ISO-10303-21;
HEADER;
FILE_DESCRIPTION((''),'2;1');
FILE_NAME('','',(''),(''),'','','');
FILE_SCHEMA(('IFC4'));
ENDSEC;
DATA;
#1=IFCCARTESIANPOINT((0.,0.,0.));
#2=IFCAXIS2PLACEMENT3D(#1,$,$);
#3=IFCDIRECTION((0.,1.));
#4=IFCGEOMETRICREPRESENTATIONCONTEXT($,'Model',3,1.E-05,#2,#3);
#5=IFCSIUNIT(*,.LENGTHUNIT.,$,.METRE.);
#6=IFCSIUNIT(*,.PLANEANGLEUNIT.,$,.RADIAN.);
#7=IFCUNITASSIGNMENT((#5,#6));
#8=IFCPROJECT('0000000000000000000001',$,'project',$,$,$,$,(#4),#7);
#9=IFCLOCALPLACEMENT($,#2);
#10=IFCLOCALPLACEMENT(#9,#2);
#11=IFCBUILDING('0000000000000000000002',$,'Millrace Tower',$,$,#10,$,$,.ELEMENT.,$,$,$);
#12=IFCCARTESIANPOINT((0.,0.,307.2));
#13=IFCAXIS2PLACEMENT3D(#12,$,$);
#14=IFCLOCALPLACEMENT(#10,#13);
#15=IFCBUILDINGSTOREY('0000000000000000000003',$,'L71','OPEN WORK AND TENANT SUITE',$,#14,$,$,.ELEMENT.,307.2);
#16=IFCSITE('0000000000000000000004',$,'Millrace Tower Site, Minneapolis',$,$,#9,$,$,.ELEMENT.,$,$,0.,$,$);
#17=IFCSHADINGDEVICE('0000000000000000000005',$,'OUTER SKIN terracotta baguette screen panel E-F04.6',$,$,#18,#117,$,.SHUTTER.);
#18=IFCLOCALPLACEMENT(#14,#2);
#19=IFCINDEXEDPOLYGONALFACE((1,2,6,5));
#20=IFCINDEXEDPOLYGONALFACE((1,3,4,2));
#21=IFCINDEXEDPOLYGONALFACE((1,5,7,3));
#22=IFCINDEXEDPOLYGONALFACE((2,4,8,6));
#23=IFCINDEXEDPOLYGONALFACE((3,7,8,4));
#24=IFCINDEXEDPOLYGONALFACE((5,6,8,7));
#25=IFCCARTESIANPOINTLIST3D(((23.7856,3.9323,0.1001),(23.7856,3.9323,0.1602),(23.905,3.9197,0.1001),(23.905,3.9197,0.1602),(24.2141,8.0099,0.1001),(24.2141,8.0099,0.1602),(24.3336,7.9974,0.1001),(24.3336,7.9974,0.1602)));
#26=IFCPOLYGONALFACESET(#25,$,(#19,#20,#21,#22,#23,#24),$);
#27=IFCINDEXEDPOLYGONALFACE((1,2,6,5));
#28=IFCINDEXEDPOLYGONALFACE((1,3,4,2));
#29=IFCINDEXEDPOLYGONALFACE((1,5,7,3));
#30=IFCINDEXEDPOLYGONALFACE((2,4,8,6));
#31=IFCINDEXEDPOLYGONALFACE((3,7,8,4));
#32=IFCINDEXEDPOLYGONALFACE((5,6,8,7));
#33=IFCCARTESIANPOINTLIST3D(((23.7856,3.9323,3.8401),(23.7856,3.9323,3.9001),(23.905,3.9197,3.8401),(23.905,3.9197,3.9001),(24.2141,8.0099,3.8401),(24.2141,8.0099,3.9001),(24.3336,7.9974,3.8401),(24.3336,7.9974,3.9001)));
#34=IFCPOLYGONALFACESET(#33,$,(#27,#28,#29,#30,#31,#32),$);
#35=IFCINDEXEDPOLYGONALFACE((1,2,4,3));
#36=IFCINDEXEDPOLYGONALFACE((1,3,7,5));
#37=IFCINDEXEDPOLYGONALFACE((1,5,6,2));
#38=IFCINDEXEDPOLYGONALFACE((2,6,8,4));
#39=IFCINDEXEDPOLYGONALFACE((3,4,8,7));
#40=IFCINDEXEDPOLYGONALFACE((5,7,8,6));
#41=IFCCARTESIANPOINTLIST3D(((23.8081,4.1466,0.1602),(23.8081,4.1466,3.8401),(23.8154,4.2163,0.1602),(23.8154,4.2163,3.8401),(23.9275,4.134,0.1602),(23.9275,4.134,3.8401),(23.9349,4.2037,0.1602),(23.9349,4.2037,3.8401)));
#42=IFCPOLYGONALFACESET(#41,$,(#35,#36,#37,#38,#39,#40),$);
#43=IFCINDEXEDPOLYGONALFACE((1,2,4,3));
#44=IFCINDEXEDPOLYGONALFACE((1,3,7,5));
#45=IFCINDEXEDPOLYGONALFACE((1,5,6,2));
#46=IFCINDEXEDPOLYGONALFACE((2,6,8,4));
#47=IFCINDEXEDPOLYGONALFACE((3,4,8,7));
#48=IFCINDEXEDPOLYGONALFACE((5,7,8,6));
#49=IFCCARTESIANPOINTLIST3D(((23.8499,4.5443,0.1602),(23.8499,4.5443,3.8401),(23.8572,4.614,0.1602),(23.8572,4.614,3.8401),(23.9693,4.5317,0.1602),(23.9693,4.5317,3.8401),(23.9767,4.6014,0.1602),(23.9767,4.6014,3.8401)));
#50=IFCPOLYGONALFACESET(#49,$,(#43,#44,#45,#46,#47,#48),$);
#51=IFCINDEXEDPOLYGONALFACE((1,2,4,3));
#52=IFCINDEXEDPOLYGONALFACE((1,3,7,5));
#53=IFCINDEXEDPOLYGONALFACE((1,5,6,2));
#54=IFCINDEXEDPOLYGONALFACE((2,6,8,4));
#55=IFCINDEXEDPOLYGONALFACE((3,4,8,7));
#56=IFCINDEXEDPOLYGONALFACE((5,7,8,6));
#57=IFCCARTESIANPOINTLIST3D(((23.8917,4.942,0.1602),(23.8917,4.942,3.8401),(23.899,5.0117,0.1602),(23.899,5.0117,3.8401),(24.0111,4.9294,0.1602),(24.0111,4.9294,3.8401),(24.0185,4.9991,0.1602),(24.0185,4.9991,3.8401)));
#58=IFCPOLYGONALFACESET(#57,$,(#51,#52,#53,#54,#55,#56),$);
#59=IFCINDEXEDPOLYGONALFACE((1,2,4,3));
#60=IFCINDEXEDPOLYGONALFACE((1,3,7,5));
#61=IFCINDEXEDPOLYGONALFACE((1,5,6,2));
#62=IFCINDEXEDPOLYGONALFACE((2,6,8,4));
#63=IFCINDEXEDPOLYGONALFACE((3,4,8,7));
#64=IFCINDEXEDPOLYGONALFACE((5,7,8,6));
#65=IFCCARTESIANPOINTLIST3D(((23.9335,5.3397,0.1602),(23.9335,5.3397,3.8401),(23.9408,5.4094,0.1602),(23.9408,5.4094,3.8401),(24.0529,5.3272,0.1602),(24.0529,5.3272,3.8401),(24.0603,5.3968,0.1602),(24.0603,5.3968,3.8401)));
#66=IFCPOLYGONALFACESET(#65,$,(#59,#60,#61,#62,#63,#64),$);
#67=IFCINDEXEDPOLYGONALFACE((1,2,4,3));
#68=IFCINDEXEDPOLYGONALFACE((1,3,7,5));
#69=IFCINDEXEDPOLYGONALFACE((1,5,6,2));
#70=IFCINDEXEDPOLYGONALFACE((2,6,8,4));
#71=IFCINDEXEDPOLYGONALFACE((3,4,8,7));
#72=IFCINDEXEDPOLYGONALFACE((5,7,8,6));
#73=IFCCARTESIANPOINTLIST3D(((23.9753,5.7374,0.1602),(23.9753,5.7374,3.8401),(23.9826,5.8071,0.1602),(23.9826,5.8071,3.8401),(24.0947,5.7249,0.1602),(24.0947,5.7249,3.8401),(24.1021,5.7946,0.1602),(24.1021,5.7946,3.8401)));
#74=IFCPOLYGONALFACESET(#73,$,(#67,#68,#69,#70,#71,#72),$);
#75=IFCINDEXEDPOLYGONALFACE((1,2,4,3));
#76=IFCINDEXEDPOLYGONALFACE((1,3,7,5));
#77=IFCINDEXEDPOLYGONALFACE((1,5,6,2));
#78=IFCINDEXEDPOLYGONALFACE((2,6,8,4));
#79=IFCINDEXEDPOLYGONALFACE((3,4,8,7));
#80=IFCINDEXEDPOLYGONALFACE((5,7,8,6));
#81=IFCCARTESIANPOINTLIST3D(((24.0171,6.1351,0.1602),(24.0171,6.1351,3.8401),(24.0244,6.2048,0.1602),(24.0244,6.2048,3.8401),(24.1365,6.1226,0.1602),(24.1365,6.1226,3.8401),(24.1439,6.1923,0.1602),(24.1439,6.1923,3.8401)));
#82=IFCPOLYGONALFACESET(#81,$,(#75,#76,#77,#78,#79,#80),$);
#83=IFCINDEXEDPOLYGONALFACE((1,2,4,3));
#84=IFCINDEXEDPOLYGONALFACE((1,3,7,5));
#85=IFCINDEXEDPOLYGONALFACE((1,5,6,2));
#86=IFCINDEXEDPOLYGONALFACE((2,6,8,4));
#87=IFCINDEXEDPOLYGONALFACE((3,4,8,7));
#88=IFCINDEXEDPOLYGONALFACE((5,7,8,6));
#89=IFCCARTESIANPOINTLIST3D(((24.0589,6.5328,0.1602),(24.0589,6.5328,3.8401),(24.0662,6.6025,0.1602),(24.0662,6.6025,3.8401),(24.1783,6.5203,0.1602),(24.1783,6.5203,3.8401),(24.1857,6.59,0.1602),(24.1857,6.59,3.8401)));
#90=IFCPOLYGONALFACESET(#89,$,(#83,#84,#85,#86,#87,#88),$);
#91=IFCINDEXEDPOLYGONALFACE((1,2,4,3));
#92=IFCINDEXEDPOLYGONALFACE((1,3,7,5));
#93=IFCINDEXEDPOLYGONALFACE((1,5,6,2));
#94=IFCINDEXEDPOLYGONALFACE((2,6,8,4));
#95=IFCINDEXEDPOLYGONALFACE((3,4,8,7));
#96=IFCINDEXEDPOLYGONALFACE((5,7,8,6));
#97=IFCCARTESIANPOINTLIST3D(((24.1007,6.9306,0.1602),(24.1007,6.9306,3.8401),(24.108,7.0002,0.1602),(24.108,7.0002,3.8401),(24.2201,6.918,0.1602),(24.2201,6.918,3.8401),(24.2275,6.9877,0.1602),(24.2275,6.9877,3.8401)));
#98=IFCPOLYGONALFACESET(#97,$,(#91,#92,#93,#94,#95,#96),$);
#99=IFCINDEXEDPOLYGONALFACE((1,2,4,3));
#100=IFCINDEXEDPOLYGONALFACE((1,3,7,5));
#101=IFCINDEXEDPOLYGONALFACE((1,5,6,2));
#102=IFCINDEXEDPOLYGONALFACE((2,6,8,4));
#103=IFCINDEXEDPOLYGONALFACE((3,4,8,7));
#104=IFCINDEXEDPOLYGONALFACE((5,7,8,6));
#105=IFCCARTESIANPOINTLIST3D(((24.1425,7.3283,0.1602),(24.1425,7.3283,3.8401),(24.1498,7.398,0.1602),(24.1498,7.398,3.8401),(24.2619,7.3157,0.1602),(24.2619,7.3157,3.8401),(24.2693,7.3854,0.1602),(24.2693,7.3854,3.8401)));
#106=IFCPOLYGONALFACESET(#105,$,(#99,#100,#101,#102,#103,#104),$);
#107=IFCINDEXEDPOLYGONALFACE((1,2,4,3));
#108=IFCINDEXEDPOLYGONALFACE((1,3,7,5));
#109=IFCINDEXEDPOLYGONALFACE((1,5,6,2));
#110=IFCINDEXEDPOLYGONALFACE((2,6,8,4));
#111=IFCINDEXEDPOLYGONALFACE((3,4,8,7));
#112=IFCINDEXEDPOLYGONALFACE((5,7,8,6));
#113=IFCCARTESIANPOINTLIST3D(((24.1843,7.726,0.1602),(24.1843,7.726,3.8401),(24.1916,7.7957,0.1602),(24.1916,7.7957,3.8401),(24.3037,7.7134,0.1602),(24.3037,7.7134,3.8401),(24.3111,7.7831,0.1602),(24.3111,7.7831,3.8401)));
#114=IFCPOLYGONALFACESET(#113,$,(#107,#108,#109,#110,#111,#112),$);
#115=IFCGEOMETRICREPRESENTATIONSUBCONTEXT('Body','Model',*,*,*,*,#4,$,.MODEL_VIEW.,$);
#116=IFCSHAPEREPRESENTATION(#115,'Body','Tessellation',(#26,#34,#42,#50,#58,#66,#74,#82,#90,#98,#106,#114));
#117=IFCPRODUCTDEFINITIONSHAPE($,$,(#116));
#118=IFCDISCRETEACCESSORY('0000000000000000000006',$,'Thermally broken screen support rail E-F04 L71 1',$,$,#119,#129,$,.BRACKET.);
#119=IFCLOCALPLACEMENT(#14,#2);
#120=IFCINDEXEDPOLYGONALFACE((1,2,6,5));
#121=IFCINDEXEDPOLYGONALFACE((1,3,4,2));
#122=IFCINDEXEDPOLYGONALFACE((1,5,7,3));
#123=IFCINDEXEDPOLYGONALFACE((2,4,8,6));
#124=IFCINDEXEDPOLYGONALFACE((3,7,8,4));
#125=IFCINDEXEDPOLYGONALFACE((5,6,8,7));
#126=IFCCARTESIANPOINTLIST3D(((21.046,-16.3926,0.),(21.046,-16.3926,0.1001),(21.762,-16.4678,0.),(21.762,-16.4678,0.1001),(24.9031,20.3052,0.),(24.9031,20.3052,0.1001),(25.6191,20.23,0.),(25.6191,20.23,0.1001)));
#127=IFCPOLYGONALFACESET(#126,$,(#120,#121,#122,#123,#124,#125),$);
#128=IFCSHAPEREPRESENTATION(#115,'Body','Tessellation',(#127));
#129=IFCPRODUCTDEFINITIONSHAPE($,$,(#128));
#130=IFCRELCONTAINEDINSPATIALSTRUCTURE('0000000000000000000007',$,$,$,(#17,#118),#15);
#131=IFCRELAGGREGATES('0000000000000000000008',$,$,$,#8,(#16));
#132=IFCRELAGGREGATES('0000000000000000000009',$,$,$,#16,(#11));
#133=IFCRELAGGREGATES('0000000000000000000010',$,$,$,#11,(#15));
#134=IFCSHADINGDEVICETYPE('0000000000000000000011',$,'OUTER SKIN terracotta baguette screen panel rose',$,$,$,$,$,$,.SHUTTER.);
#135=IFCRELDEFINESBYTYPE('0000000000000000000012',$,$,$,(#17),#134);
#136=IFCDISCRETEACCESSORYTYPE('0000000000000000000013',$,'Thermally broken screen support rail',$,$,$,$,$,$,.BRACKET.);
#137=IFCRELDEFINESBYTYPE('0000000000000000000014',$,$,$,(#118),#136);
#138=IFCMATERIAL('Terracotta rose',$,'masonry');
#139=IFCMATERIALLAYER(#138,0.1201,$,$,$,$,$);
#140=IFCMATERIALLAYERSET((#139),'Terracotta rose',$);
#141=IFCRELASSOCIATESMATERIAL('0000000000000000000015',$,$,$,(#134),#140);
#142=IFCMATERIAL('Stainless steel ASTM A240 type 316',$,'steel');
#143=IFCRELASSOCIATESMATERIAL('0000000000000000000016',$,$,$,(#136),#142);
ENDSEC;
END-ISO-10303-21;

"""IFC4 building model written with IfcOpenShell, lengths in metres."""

from ifc_helpers import new_model, entity, si_unit, direction, frame, frame_2d, origin, origin_2d, place, context, subcontext, project, spatial, rectangle, extrude, source, transform, mapped, material, layer, layer_set, type_object, element, save


model = new_model("IFC4")

# Units and contexts
model_context = context("Model", 3, precision=1e-05, world=origin(), true_north=direction((0.0, 1.0)))
body_context = subcontext(model_context, "Body", "Model", "MODEL_VIEW")
ifc_project = project(units=[si_unit("LENGTHUNIT", "METRE"), si_unit("PLANEANGLEUNIT", "RADIAN")], contexts=[model_context])

# Site, building, storey
site_placement = place(None, origin())
site = spatial("IfcSite", under=ifc_project, at=site_placement, Name="Millrace Tower Site, Minneapolis", CompositionType="ELEMENT", RefElevation=0.0)
building_placement = place(site_placement, origin())
building = spatial("IfcBuilding", under=site, at=building_placement, Name="Millrace Tower", CompositionType="ELEMENT")
storey_placement = place(building_placement, frame((0.0, 0.0, 307.2)))
storey = spatial("IfcBuildingStorey", under=building, at=storey_placement, Name="L71", Description="OPEN WORK AND TENANT SUITE", CompositionType="ELEMENT", Elevation=307.2)

# Shading device
ifc_material_1 = material(Name="Terracotta rose", Category="masonry")
ifc_layer_1 = layer(ifc_material_1, 0.1201)
ifc_layer_set_1 = layer_set([ifc_layer_1], Name="Terracotta rose")
shading_device_type = type_object("IfcShadingDeviceType", Name="OUTER SKIN terracotta baguette screen panel rose", PredefinedType="SHUTTER", material=ifc_layer_set_1)
cartesian_point = entity("IfcCartesianPoint", [-2.05, 0.0601])
shared_polyline = entity("IfcPolyline", [cartesian_point, entity("IfcCartesianPoint", [2.05, 0.0601]), entity("IfcCartesianPoint", [2.05, -0.0601]), entity("IfcCartesianPoint", [-2.05, -0.0601]), cartesian_point])
shared_shape = source(origin(), body_context, "Body", "SweptSolid", [
    entity("IfcExtrudedAreaSolid", entity("IfcArbitraryClosedProfileDef", "AREA", None, shared_polyline), entity("IfcAxis2Placement3D", entity("IfcCartesianPoint", [0.0, 0.0, 0.0])), entity("IfcDirection", [0.0, 0.0, 1.0]), 0.0601),
    entity("IfcExtrudedAreaSolid", entity("IfcArbitraryClosedProfileDef", "AREA", None, shared_polyline), entity("IfcAxis2Placement3D", entity("IfcCartesianPoint", [0.0, 0.0, 3.74])), entity("IfcDirection", [0.0, 0.0, 1.0]), 0.0601),
    extrude(rectangle(XDim=0.0701, YDim=0.1201, at=frame_2d((-1.7996, 0.0))), frame((0.0, 0.0, 0.0601)), (0.0, 0.0, 1.0), 3.6799),
    extrude(rectangle(XDim=0.0701, YDim=0.1201, at=frame_2d((-1.3997, 0.0))), frame((0.0, 0.0, 0.0601)), (0.0, 0.0, 1.0), 3.6799),
    extrude(rectangle(XDim=0.0701, YDim=0.1201, at=frame_2d((-0.9998, 0.0))), frame((0.0, 0.0, 0.0601)), (0.0, 0.0, 1.0), 3.6799),
    extrude(rectangle(XDim=0.0701, YDim=0.1201, at=frame_2d((-0.5999, 0.0))), frame((0.0, 0.0, 0.0601)), (0.0, 0.0, 1.0), 3.6799),
    extrude(rectangle(XDim=0.0701, YDim=0.1201, at=frame_2d((-0.2, 0.0))), frame((0.0, 0.0, 0.0601)), (0.0, 0.0, 1.0), 3.6799),
    extrude(rectangle(XDim=0.0701, YDim=0.1201, at=frame_2d((0.2, 0.0))), frame((0.0, 0.0, 0.0601)), (0.0, 0.0, 1.0), 3.6799),
    extrude(rectangle(XDim=0.0701, YDim=0.1201, at=frame_2d((0.5999, 0.0))), frame((0.0, 0.0, 0.0601)), (0.0, 0.0, 1.0), 3.6799),
    extrude(rectangle(XDim=0.0701, YDim=0.1201, at=frame_2d((0.9998, 0.0))), frame((0.0, 0.0, 0.0601)), (0.0, 0.0, 1.0), 3.6799),
    extrude(rectangle(XDim=0.0701, YDim=0.1201, at=frame_2d((1.3997, 0.0))), frame((0.0, 0.0, 0.0601)), (0.0, 0.0, 1.0), 3.6799),
    extrude(rectangle(XDim=0.0701, YDim=0.1201, at=frame_2d((1.7996, 0.0))), frame((0.0, 0.0, 0.0601)), (0.0, 0.0, 1.0), 3.6799),
])
for number, where, z_axis, x_axis, name in (
    (1, (24.0596, 5.9648, 0.1001), (0.0, 0.0, 1.0), (0.104528, 0.994522, 0.0), "OUTER SKIN terracotta baguette screen panel E-F04.6"),
):
    element("IfcShadingDevice", number, at=place(storey_placement, frame(where, z_axis=z_axis, x_axis=x_axis)), inside=storey, type_object=shading_device_type, Name=name, PredefinedType="SHUTTER", context=body_context, shape_type="MappedRepresentation", body=[
        mapped(shared_shape, transform((0.0, 0.0, 0.0), scale=1.0)),
    ])

# Discrete accessory
ifc_material_2 = material(Name="Stainless steel ASTM A240 type 316", Category="steel")
discrete_accessory_type = type_object("IfcDiscreteAccessoryType", Name="Thermally broken screen support rail", PredefinedType="BRACKET", material=ifc_material_2)
discrete_accessory_placement = place(storey_placement, frame((23.3325, 1.9187, 0.0), z_axis=(0.0, 0.0, 1.0), x_axis=(0.104528, 0.994522, 0.0)))
element("IfcDiscreteAccessory", 2, at=discrete_accessory_placement, inside=storey, type_object=discrete_accessory_type, Name="Thermally broken screen support rail E-F04 L71 1", PredefinedType="BRACKET", context=body_context, shape_type="SweptSolid", body=[
    extrude(rectangle(XDim=36.8999, YDim=0.72, at=origin_2d()), origin(), (0.0, 0.0, 1.0), 0.1001),
])

save(model, "model.ifc")
